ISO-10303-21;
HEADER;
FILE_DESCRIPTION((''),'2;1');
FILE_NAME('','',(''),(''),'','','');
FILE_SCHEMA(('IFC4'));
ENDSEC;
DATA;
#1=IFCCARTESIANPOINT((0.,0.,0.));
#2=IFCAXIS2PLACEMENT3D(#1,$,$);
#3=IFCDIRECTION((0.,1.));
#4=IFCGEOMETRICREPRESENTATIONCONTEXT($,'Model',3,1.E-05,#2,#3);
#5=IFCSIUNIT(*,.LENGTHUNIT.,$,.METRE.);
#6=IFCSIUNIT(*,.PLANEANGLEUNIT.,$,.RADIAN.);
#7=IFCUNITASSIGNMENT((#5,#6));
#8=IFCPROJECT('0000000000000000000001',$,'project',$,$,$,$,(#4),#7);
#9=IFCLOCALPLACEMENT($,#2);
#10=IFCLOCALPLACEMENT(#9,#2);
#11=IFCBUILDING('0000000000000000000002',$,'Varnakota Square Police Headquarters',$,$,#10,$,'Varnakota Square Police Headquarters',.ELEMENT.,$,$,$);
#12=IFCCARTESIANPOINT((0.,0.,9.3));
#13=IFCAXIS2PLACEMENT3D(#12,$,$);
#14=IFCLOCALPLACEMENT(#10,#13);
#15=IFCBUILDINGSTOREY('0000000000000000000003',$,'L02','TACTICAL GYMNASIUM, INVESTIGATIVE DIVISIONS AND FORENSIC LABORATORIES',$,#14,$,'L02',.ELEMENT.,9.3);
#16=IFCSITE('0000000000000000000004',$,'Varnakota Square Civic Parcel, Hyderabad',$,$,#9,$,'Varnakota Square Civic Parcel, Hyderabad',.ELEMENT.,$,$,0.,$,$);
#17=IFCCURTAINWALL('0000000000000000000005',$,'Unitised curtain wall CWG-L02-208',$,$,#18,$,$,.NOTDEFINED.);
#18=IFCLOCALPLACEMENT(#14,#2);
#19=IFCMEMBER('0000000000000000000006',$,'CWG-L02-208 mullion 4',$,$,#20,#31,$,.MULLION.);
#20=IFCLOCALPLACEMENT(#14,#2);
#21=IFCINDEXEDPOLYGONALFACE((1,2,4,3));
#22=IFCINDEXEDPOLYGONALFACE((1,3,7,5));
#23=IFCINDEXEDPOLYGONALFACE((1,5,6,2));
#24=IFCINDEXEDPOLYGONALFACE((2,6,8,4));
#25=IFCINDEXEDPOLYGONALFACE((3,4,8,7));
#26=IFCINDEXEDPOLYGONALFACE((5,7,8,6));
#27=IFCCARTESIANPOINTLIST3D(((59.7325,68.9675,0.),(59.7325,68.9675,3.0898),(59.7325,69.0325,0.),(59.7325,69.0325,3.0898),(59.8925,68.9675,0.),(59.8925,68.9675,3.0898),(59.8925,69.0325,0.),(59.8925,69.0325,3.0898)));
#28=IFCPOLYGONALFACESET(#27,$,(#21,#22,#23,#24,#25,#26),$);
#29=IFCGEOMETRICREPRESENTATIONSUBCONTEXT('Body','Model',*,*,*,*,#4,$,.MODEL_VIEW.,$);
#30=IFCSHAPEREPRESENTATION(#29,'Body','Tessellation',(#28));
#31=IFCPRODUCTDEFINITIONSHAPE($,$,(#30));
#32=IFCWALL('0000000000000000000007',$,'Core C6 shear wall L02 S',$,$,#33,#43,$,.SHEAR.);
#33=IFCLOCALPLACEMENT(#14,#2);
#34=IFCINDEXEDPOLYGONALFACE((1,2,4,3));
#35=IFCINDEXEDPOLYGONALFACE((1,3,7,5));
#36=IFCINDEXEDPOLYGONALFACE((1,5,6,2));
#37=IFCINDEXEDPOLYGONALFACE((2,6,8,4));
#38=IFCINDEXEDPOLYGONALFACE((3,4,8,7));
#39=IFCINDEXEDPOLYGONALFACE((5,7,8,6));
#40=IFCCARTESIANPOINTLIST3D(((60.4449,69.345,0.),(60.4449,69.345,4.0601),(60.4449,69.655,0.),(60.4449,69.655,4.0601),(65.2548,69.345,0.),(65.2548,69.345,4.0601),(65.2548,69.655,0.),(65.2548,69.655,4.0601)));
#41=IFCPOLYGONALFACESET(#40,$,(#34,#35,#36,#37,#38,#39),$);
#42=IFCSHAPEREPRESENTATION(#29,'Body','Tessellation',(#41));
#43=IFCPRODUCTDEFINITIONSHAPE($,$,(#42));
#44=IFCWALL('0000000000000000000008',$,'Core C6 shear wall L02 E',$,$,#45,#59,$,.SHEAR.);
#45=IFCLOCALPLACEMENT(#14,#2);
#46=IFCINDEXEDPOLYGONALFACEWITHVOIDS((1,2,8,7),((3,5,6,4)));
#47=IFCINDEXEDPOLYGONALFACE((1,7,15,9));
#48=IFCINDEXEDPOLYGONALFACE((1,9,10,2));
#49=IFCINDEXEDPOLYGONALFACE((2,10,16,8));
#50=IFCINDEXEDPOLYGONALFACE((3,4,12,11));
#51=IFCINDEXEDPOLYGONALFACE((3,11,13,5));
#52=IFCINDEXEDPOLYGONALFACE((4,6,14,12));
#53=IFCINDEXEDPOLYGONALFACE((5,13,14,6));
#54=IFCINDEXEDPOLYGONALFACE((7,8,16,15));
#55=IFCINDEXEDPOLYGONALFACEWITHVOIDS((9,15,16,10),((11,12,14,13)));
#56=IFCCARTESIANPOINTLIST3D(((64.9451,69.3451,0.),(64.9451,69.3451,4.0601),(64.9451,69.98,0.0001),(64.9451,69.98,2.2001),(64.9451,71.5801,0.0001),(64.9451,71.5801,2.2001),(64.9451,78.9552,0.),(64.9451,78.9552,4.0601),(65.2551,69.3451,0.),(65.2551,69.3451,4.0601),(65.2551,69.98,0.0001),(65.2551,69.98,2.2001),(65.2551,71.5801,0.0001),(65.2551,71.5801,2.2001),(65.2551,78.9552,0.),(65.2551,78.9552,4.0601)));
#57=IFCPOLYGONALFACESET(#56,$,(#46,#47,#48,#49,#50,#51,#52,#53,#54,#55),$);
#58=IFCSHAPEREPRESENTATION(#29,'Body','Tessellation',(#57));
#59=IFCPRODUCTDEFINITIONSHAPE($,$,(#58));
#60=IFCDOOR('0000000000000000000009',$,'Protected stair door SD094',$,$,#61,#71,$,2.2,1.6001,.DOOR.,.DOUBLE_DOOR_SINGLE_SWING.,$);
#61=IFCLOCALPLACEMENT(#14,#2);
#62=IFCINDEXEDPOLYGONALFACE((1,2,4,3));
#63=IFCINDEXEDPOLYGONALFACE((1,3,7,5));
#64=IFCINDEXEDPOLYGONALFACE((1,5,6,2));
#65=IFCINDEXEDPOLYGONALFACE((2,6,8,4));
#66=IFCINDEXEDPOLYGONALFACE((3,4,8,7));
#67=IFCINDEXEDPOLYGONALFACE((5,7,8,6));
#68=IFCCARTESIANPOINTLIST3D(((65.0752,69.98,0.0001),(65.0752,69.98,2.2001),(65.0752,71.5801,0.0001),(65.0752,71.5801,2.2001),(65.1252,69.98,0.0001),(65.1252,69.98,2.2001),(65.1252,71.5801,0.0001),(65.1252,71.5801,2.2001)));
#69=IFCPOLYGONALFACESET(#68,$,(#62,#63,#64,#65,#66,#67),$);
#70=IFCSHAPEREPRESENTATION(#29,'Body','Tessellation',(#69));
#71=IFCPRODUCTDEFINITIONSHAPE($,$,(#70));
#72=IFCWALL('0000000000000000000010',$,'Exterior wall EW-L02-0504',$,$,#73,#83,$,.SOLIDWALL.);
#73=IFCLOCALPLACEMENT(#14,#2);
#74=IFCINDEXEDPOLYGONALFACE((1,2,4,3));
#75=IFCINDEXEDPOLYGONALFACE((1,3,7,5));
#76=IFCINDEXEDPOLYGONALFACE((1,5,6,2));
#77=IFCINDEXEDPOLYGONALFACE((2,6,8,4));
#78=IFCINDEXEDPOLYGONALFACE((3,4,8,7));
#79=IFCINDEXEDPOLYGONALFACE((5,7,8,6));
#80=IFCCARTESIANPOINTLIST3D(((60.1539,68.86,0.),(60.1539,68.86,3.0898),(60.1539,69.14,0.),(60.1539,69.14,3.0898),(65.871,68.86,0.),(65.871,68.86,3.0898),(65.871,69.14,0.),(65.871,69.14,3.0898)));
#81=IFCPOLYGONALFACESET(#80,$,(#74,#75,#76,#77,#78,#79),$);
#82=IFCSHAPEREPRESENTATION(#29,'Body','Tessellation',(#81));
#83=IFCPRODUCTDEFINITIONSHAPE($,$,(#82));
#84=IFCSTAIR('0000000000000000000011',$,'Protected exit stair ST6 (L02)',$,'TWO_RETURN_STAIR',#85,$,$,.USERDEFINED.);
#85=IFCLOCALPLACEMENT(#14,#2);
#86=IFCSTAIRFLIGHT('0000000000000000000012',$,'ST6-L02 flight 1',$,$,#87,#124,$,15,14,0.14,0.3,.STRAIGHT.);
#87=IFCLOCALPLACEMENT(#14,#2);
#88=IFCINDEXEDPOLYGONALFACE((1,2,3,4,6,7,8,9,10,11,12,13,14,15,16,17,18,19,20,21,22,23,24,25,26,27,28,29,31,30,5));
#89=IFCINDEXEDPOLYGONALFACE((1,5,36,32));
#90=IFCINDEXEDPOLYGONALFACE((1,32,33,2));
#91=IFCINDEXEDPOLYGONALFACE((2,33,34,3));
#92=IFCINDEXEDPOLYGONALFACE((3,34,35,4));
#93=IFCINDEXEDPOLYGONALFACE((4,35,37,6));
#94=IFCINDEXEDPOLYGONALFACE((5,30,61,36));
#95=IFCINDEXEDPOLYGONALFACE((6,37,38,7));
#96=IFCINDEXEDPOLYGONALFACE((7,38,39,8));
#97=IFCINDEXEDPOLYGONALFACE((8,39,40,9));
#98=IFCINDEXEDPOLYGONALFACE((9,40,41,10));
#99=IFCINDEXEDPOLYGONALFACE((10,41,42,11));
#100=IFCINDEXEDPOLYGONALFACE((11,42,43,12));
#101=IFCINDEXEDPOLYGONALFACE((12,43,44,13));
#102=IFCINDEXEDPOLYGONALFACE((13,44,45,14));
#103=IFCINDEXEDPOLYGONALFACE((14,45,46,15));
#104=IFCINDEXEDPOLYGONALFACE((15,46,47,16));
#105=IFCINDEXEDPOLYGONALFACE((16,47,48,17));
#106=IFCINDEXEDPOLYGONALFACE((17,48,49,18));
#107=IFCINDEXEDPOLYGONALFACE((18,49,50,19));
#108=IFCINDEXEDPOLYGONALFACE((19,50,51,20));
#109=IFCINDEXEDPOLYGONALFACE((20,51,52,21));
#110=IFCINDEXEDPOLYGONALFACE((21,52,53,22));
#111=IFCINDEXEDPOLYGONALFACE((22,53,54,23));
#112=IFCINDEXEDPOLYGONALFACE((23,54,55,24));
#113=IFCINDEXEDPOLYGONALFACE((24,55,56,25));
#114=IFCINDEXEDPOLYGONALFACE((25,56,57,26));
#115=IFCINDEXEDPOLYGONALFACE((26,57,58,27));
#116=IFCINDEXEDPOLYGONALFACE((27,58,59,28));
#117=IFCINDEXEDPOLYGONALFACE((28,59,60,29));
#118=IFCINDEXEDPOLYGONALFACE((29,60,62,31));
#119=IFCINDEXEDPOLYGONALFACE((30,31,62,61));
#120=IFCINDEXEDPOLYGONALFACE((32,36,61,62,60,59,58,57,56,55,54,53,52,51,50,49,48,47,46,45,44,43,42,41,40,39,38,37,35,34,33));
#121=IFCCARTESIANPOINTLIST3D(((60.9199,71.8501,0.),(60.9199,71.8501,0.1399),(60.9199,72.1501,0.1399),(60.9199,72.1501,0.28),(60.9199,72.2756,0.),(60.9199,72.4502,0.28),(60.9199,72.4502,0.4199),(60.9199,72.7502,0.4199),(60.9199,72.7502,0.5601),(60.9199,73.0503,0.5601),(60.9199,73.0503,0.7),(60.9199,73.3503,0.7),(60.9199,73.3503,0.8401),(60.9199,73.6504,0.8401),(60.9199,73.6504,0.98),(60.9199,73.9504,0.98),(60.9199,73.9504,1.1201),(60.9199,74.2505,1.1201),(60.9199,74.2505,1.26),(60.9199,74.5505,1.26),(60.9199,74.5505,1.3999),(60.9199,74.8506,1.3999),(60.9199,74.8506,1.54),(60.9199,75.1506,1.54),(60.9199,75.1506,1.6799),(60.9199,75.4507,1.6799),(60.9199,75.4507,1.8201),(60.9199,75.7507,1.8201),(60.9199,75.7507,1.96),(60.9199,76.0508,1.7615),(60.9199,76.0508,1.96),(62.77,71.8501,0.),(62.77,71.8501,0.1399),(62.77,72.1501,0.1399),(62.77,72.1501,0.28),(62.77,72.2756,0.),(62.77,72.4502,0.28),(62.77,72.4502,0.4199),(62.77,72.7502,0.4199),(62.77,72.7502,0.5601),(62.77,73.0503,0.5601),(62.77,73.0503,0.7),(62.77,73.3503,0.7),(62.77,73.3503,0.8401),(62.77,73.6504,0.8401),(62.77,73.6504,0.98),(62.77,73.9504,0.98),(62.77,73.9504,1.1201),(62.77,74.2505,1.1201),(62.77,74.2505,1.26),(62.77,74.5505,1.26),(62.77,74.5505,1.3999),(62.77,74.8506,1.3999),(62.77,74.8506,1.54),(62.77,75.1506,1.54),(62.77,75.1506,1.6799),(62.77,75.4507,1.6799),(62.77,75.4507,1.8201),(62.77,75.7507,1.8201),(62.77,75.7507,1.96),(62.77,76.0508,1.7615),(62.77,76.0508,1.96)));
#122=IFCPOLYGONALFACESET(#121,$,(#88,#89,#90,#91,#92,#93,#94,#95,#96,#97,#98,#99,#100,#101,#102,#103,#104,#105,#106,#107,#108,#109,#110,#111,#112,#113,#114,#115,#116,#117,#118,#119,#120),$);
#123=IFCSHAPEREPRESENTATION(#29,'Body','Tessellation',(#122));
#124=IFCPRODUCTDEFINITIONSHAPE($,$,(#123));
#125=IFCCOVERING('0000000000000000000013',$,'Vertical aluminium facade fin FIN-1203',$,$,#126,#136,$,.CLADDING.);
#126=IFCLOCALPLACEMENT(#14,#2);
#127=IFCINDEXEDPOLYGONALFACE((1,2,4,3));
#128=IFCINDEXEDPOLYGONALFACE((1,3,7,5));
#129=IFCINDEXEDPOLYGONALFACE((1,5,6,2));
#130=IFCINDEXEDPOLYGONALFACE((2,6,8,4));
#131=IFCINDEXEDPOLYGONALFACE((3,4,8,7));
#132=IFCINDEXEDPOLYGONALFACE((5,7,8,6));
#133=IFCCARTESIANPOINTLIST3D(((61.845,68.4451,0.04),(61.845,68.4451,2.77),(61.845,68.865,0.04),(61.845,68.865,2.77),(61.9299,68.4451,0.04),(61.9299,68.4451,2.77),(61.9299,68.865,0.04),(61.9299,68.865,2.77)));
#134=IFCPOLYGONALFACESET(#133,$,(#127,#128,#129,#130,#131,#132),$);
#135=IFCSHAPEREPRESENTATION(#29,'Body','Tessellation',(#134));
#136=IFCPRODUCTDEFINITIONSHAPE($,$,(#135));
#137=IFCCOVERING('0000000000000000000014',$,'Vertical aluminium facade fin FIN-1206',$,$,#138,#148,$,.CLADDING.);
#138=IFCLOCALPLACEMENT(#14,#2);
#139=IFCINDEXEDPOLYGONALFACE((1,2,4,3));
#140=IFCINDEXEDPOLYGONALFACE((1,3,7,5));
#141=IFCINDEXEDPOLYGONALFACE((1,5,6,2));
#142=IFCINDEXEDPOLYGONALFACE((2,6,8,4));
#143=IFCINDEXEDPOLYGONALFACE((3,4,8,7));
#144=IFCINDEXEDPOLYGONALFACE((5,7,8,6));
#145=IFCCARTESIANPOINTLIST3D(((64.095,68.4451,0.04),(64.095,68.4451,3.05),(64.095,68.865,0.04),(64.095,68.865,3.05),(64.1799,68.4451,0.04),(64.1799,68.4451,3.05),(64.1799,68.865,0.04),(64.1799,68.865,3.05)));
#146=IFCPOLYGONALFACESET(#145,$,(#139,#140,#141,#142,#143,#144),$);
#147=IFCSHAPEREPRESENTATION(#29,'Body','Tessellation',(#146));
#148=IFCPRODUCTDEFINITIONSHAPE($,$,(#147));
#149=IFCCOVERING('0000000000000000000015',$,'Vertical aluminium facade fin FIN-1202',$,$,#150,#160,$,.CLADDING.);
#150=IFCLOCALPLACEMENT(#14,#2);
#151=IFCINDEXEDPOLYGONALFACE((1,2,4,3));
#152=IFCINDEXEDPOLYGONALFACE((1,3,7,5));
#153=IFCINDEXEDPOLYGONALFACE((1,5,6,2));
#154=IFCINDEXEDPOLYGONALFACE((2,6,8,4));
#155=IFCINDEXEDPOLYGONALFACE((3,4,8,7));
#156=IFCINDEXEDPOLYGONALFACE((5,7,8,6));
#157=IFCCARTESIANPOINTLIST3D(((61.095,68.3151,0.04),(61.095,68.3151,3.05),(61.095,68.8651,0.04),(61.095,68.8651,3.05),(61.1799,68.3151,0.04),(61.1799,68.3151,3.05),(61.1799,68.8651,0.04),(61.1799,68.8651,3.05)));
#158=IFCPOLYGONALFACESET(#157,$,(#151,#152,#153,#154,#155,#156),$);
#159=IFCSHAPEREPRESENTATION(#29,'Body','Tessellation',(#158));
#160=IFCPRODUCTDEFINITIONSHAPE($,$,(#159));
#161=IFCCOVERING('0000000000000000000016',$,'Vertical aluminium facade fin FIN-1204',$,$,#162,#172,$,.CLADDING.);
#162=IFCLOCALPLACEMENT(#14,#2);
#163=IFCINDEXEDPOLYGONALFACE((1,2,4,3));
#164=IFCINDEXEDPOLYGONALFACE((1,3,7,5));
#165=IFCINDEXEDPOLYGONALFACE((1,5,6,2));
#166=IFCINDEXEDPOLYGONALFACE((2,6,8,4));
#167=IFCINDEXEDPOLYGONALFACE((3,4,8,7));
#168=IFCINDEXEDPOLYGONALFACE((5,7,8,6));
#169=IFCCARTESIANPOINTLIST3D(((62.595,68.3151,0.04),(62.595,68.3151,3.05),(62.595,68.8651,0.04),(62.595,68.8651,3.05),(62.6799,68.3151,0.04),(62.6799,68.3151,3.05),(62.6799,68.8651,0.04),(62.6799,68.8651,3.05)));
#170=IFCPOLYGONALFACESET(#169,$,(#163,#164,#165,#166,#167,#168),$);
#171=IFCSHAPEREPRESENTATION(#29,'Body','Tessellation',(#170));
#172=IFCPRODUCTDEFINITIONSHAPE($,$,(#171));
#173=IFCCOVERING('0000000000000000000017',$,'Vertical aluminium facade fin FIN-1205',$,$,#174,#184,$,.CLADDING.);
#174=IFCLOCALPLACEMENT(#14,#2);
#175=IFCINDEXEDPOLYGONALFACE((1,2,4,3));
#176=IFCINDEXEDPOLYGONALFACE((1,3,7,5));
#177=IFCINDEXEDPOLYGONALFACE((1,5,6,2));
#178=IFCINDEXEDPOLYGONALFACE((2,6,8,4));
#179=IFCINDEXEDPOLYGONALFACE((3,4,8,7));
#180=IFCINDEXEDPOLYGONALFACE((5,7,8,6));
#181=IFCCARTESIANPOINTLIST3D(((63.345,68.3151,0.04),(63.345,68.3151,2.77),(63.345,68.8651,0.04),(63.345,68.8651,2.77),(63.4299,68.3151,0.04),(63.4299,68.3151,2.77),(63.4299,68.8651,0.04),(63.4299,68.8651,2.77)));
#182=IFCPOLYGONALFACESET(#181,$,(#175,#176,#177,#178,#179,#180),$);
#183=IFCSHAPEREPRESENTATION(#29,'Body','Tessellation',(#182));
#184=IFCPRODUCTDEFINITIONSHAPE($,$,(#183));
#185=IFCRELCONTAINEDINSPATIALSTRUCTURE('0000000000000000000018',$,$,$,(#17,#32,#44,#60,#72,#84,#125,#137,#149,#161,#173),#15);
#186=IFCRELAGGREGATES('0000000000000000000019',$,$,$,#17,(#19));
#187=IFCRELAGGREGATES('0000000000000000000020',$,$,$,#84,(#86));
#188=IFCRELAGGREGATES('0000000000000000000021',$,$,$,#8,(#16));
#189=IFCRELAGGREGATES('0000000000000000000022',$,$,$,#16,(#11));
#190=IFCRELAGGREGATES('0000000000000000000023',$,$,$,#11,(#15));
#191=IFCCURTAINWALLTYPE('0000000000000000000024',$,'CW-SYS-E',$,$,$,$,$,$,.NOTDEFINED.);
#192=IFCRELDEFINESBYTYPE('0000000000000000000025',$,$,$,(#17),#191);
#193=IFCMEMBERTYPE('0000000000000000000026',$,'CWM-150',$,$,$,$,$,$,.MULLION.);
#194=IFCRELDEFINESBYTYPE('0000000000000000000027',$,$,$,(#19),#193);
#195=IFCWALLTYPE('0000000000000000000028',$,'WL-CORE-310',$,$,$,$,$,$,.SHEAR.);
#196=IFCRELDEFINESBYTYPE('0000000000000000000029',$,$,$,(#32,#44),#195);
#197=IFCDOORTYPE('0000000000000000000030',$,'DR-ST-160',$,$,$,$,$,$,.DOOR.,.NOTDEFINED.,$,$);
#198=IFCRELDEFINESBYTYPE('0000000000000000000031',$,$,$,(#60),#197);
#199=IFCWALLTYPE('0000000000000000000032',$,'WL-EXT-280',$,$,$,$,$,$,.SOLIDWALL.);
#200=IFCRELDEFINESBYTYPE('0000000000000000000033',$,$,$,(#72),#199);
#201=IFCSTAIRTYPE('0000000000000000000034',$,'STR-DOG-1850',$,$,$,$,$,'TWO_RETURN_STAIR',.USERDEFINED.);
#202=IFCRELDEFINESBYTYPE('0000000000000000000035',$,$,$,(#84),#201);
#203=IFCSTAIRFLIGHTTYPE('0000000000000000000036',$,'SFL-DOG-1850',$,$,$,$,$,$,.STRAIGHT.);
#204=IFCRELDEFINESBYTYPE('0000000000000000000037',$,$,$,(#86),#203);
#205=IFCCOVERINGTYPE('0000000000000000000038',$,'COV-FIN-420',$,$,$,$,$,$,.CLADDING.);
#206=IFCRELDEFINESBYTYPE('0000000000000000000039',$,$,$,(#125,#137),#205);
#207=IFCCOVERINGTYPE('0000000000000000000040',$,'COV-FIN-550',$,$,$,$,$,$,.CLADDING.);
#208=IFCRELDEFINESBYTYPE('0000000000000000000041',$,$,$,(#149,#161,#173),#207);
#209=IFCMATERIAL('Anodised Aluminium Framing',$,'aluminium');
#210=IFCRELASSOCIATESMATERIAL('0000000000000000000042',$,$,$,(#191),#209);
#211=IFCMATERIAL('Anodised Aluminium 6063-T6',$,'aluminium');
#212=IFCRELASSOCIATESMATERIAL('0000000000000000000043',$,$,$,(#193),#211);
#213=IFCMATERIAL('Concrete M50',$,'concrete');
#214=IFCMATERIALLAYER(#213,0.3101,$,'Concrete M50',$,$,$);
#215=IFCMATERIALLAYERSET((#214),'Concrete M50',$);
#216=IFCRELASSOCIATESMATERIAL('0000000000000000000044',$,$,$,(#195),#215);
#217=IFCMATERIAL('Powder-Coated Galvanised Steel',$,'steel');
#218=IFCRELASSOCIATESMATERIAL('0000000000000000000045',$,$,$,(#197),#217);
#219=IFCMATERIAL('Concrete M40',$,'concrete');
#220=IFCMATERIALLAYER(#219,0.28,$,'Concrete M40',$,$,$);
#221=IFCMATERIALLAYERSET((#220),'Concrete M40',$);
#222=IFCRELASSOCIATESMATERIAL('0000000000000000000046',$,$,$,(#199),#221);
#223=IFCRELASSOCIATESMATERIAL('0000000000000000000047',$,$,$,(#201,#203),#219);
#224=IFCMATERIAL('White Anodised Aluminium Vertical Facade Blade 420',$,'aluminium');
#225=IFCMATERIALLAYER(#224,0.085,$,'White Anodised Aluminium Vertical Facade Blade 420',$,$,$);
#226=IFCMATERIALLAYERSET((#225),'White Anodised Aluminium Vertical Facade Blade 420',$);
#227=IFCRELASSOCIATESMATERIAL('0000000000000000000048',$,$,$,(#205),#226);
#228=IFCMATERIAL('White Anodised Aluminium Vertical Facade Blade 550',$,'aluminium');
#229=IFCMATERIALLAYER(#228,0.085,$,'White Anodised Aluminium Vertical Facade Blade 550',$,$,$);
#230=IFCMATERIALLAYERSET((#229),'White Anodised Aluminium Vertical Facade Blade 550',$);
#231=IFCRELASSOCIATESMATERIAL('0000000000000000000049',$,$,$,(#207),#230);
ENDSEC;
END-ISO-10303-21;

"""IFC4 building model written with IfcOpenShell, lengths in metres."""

from ifc_helpers import new_model, si_unit, direction, frame, frame_2d, origin, origin_2d, place, context, subcontext, project, spatial, polyline, rectangle, outline, extrude, material, layer, layer_set, material_profile, profile_set, type_object, element, fill, aggregate, save


model = new_model("IFC4")

# Units and contexts
model_context = context("Model", 3, precision=1e-05, world=origin(), true_north=direction((0.0, 1.0)))
body_context = subcontext(model_context, "Body", "Model", "MODEL_VIEW")
ifc_project = project(units=[si_unit("LENGTHUNIT", "METRE"), si_unit("PLANEANGLEUNIT", "RADIAN")], contexts=[model_context])

# Site, building, storey
site_placement = place(None, origin())
site = spatial("IfcSite", under=ifc_project, at=site_placement, Name="Varnakota Square Civic Parcel, Hyderabad", LongName="Varnakota Square Civic Parcel, Hyderabad", CompositionType="ELEMENT", RefElevation=0.0)
building_placement = place(site_placement, origin())
building = spatial("IfcBuilding", under=site, at=building_placement, Name="Varnakota Square Police Headquarters", LongName="Varnakota Square Police Headquarters", CompositionType="ELEMENT")
storey_placement = place(building_placement, frame((0.0, 0.0, 9.3)))
storey = spatial("IfcBuildingStorey", under=building, at=storey_placement, Name="L02", Description="TACTICAL GYMNASIUM, INVESTIGATIVE DIVISIONS AND FORENSIC LABORATORIES", LongName="L02", CompositionType="ELEMENT", Elevation=9.3)

# Curtain wall, member
ifc_material_1 = material(Name="Anodised Aluminium Framing", Category="aluminium")
curtain_wall_type = type_object("IfcCurtainWallType", Name="CW-SYS-E", PredefinedType="NOTDEFINED", material=ifc_material_1)
curtain_wall_placement = place(storey_placement, origin())
curtain_wall = element("IfcCurtainWall", 1, at=curtain_wall_placement, inside=storey, type_object=curtain_wall_type, Name="Unitised curtain wall CWG-L02-208", PredefinedType="NOTDEFINED")
ifc_material_2 = material(Name="Anodised Aluminium 6063-T6", Category="aluminium")
ifc_material_profile_1 = material_profile(ifc_material_2, rectangle(XDim=0.0649, YDim=0.1599, at=origin_2d()), Name="ALU MULLION 65x160")
ifc_profile_set_1 = profile_set([ifc_material_profile_1], Name="Anodised Aluminium 6063-T6")
member_type = type_object("IfcMemberType", Name="CWM-150", PredefinedType="MULLION", material=ifc_profile_set_1)
member_placement = place(storey_placement, frame((59.8125, 69.0, 0.0), z_axis=(0.0, 0.0, 1.0), x_axis=(0.0, 1.0, 0.0)))
member = element("IfcMember", 2, at=member_placement, type_object=member_type, Name="CWG-L02-208 mullion 4", PredefinedType="MULLION", context=body_context, shape_type="SweptSolid", body=[
    extrude(rectangle(XDim=0.0649, YDim=0.1599, at=origin_2d()), origin(), (0.0, 0.0, 1.0), 3.0898),
])
aggregate(curtain_wall, [member])

# Wall
ifc_material_3 = material(Name="Concrete M50", Category="concrete")
ifc_layer_1 = layer(ifc_material_3, 0.3101, Name="Concrete M50")
ifc_layer_set_1 = layer_set([ifc_layer_1], Name="Concrete M50")
wall_type_1 = type_object("IfcWallType", Name="WL-CORE-310", PredefinedType="SHEAR", material=ifc_layer_set_1)
wall_1_placement = place(storey_placement, frame((60.4451, 69.5, 0.0), z_axis=(0.0, 0.0, 1.0), x_axis=(1.0, 0.0, 0.0)))
element("IfcWall", 3, at=wall_1_placement, inside=storey, type_object=wall_type_1, Name="Core C6 shear wall L02 S", PredefinedType="SHEAR", context=body_context, shape_type="SweptSolid", body=[
    extrude(rectangle(XDim=4.8098, YDim=0.3101, at=frame_2d((2.4048, 0.0))), origin(), (0.0, 0.0, 1.0), 4.0601),
])

# Wall, opening, door
wall_2_placement = place(storey_placement, frame((65.1001, 69.345, 0.0), z_axis=(0.0, 0.0, 1.0), x_axis=(0.0, 1.0, 0.0)))
wall_2 = element("IfcWall", 4, at=wall_2_placement, inside=storey, type_object=wall_type_1, Name="Core C6 shear wall L02 E", PredefinedType="SHEAR", context=body_context, shape_type="SweptSolid", body=[
    extrude(rectangle(XDim=9.6101, YDim=0.3101, at=frame_2d((4.8052, 0.0))), origin(), (0.0, 0.0, 1.0), 4.0601),
])
opening_placement = place(wall_2_placement, frame((0.635, 0.0, 0.0)))
opening = element("IfcOpeningElement", 5, at=opening_placement, cuts=wall_2, PredefinedType="OPENING", context=body_context, shape_type="SweptSolid", body=[
    extrude(rectangle(XDim=1.6001, YDim=2.2, at=frame_2d((0.8, 1.1001))), frame((0.0, 0.165, 0.0), z_axis=(0.0, -1.0, 0.0), x_axis=(1.0, 0.0, 0.0)), (0.0, 0.0, 1.0), 0.3301),
])
ifc_material_4 = material(Name="Powder-Coated Galvanised Steel", Category="steel")
door_type = type_object("IfcDoorType", Name="DR-ST-160", OperationType="NOTDEFINED", PredefinedType="DOOR", material=ifc_material_4)
door_placement = place(opening_placement, origin())
door = element("IfcDoor", 6, at=door_placement, inside=storey, type_object=door_type, Name="Protected stair door SD094", OperationType="DOUBLE_DOOR_SINGLE_SWING", OverallHeight=2.2, OverallWidth=1.6001, PredefinedType="DOOR", context=body_context, shape_type="SweptSolid", body=[
    extrude(rectangle(XDim=1.6001, YDim=2.2, at=frame_2d((0.8, 1.1001))), frame((0.0, 0.0249, 0.0), z_axis=(0.0, -1.0, 0.0), x_axis=(1.0, 0.0, 0.0)), (0.0, 0.0, 1.0), 0.05),
])
fill(opening, door)

# Wall
ifc_material_5 = material(Name="Concrete M40", Category="concrete")
ifc_layer_2 = layer(ifc_material_5, 0.28, Name="Concrete M40")
ifc_layer_set_2 = layer_set([ifc_layer_2], Name="Concrete M40")
wall_type_2 = type_object("IfcWallType", Name="WL-EXT-280", PredefinedType="SOLIDWALL", material=ifc_layer_set_2)
wall_3_placement = place(storey_placement, frame((60.1541, 69.0, 0.0), z_axis=(0.0, 0.0, 1.0), x_axis=(1.0, 0.0, 0.0)))
element("IfcWall", 7, at=wall_3_placement, inside=storey, type_object=wall_type_2, Name="Exterior wall EW-L02-0504", PredefinedType="SOLIDWALL", context=body_context, shape_type="SweptSolid", body=[
    extrude(rectangle(XDim=5.717, YDim=0.28, at=frame_2d((2.8584, 0.0))), origin(), (0.0, 0.0, 1.0), 3.0898),
])

# Stair, stair flight
stair_type = type_object("IfcStairType", Name="STR-DOG-1850", ElementType="TWO_RETURN_STAIR", PredefinedType="USERDEFINED", material=ifc_material_5)
stair_placement = place(storey_placement, origin())
stair = element("IfcStair", 8, at=stair_placement, inside=storey, type_object=stair_type, Name="Protected exit stair ST6 (L02)", ObjectType="TWO_RETURN_STAIR", PredefinedType="USERDEFINED")
stair_flight_type = type_object("IfcStairFlightType", Name="SFL-DOG-1850", PredefinedType="STRAIGHT", material=ifc_material_5)
stair_flight_placement = place(storey_placement, frame((61.845, 71.8501, 0.0), z_axis=(0.0, 0.0, 1.0), x_axis=(0.0, 1.0, 0.0)))
stair_flight = element("IfcStairFlight", 9, at=stair_flight_placement, type_object=stair_flight_type, Name="ST6-L02 flight 1", NumberOfRisers=15, NumberOfTreads=14, PredefinedType="STRAIGHT", RiserHeight=0.14, TreadLength=0.3, context=body_context, shape_type="SweptSolid", body=[
    extrude(outline(polyline([(0.0, 0.0), (0.0, 0.1399), (0.3, 0.1399), (0.3, 0.28), (0.6001, 0.28), (0.6001, 0.4199), (0.9001, 0.4199), (0.9001, 0.5601), (1.2002, 0.5601), (1.2002, 0.7), (1.5002, 0.7), (1.5002, 0.8401), (1.8003, 0.8401), (1.8003, 0.98), (2.1003, 0.98), (2.1003, 1.1201), (2.4004, 1.1201), (2.4004, 1.26), (2.7004, 1.26), (2.7004, 1.3999), (3.0005, 1.3999), (3.0005, 1.54), (3.3005, 1.54), (3.3005, 1.6799), (3.6006, 1.6799), (3.6006, 1.8201), (3.9006, 1.8201), (3.9006, 1.96), (4.2007, 1.96), (4.2007, 2.1001), (4.2007, 1.7615), (0.4255, 0.0), (0.0, 0.0)])), frame((0.0, 0.925, 0.0), z_axis=(0.0, -1.0, 0.0), x_axis=(1.0, 0.0, 0.0)), (0.0, 0.0, 1.0), 1.8501),
])
aggregate(stair, [stair_flight])

# Coverings
ifc_material_6 = material(Name="White Anodised Aluminium Vertical Facade Blade 420", Category="aluminium")
ifc_layer_3 = layer(ifc_material_6, 0.085, Name="White Anodised Aluminium Vertical Facade Blade 420")
ifc_layer_set_3 = layer_set([ifc_layer_3], Name="White Anodised Aluminium Vertical Facade Blade 420")
covering_type_1 = type_object("IfcCoveringType", Name="COV-FIN-420", PredefinedType="CLADDING", material=ifc_layer_set_3)
covering_1_placement = place(storey_placement, frame((61.8875, 68.655, 0.04), z_axis=(0.0, 0.0, 1.0), x_axis=(1.0, 0.0, 0.0)))
element("IfcCovering", 10, at=covering_1_placement, inside=storey, type_object=covering_type_1, Name="Vertical aluminium facade fin FIN-1203", PredefinedType="CLADDING", context=body_context, shape_type="SweptSolid", body=[
    extrude(rectangle(XDim=0.085, YDim=0.4199, at=origin_2d()), origin(), (0.0, 0.0, 1.0), 2.73),
])
covering_2_placement = place(storey_placement, frame((64.1375, 68.655, 0.04), z_axis=(0.0, 0.0, 1.0), x_axis=(1.0, 0.0, 0.0)))
element("IfcCovering", 11, at=covering_2_placement, inside=storey, type_object=covering_type_1, Name="Vertical aluminium facade fin FIN-1206", PredefinedType="CLADDING", context=body_context, shape_type="SweptSolid", body=[
    extrude(rectangle(XDim=0.085, YDim=0.4199, at=origin_2d()), origin(), (0.0, 0.0, 1.0), 3.01),
])
ifc_material_7 = material(Name="White Anodised Aluminium Vertical Facade Blade 550", Category="aluminium")
ifc_layer_4 = layer(ifc_material_7, 0.085, Name="White Anodised Aluminium Vertical Facade Blade 550")
ifc_layer_set_4 = layer_set([ifc_layer_4], Name="White Anodised Aluminium Vertical Facade Blade 550")
covering_type_2 = type_object("IfcCoveringType", Name="COV-FIN-550", PredefinedType="CLADDING", material=ifc_layer_set_4)
for number, where, z_axis, x_axis, name in (
    (12, (61.1375, 68.5901, 0.04), (0.0, 0.0, 1.0), (1.0, 0.0, 0.0), "Vertical aluminium facade fin FIN-1202"),
    (13, (62.6375, 68.5901, 0.04), (0.0, 0.0, 1.0), (1.0, 0.0, 0.0), "Vertical aluminium facade fin FIN-1204"),
):
    element("IfcCovering", number, at=place(storey_placement, frame(where, z_axis=z_axis, x_axis=x_axis)), inside=storey, type_object=covering_type_2, Name=name, PredefinedType="CLADDING", context=body_context, shape_type="SweptSolid", body=[
        extrude(rectangle(XDim=0.085, YDim=0.55, at=origin_2d()), origin(), (0.0, 0.0, 1.0), 3.01),
    ])
for number, where, z_axis, x_axis, name in (
    (14, (63.3875, 68.5901, 0.04), (0.0, 0.0, 1.0), (1.0, 0.0, 0.0), "Vertical aluminium facade fin FIN-1205"),
):
    element("IfcCovering", number, at=place(storey_placement, frame(where, z_axis=z_axis, x_axis=x_axis)), inside=storey, type_object=covering_type_2, Name=name, PredefinedType="CLADDING", context=body_context, shape_type="SweptSolid", body=[
        extrude(rectangle(XDim=0.085, YDim=0.55, at=origin_2d()), origin(), (0.0, 0.0, 1.0), 2.73),
    ])

save(model, "model.ifc")
